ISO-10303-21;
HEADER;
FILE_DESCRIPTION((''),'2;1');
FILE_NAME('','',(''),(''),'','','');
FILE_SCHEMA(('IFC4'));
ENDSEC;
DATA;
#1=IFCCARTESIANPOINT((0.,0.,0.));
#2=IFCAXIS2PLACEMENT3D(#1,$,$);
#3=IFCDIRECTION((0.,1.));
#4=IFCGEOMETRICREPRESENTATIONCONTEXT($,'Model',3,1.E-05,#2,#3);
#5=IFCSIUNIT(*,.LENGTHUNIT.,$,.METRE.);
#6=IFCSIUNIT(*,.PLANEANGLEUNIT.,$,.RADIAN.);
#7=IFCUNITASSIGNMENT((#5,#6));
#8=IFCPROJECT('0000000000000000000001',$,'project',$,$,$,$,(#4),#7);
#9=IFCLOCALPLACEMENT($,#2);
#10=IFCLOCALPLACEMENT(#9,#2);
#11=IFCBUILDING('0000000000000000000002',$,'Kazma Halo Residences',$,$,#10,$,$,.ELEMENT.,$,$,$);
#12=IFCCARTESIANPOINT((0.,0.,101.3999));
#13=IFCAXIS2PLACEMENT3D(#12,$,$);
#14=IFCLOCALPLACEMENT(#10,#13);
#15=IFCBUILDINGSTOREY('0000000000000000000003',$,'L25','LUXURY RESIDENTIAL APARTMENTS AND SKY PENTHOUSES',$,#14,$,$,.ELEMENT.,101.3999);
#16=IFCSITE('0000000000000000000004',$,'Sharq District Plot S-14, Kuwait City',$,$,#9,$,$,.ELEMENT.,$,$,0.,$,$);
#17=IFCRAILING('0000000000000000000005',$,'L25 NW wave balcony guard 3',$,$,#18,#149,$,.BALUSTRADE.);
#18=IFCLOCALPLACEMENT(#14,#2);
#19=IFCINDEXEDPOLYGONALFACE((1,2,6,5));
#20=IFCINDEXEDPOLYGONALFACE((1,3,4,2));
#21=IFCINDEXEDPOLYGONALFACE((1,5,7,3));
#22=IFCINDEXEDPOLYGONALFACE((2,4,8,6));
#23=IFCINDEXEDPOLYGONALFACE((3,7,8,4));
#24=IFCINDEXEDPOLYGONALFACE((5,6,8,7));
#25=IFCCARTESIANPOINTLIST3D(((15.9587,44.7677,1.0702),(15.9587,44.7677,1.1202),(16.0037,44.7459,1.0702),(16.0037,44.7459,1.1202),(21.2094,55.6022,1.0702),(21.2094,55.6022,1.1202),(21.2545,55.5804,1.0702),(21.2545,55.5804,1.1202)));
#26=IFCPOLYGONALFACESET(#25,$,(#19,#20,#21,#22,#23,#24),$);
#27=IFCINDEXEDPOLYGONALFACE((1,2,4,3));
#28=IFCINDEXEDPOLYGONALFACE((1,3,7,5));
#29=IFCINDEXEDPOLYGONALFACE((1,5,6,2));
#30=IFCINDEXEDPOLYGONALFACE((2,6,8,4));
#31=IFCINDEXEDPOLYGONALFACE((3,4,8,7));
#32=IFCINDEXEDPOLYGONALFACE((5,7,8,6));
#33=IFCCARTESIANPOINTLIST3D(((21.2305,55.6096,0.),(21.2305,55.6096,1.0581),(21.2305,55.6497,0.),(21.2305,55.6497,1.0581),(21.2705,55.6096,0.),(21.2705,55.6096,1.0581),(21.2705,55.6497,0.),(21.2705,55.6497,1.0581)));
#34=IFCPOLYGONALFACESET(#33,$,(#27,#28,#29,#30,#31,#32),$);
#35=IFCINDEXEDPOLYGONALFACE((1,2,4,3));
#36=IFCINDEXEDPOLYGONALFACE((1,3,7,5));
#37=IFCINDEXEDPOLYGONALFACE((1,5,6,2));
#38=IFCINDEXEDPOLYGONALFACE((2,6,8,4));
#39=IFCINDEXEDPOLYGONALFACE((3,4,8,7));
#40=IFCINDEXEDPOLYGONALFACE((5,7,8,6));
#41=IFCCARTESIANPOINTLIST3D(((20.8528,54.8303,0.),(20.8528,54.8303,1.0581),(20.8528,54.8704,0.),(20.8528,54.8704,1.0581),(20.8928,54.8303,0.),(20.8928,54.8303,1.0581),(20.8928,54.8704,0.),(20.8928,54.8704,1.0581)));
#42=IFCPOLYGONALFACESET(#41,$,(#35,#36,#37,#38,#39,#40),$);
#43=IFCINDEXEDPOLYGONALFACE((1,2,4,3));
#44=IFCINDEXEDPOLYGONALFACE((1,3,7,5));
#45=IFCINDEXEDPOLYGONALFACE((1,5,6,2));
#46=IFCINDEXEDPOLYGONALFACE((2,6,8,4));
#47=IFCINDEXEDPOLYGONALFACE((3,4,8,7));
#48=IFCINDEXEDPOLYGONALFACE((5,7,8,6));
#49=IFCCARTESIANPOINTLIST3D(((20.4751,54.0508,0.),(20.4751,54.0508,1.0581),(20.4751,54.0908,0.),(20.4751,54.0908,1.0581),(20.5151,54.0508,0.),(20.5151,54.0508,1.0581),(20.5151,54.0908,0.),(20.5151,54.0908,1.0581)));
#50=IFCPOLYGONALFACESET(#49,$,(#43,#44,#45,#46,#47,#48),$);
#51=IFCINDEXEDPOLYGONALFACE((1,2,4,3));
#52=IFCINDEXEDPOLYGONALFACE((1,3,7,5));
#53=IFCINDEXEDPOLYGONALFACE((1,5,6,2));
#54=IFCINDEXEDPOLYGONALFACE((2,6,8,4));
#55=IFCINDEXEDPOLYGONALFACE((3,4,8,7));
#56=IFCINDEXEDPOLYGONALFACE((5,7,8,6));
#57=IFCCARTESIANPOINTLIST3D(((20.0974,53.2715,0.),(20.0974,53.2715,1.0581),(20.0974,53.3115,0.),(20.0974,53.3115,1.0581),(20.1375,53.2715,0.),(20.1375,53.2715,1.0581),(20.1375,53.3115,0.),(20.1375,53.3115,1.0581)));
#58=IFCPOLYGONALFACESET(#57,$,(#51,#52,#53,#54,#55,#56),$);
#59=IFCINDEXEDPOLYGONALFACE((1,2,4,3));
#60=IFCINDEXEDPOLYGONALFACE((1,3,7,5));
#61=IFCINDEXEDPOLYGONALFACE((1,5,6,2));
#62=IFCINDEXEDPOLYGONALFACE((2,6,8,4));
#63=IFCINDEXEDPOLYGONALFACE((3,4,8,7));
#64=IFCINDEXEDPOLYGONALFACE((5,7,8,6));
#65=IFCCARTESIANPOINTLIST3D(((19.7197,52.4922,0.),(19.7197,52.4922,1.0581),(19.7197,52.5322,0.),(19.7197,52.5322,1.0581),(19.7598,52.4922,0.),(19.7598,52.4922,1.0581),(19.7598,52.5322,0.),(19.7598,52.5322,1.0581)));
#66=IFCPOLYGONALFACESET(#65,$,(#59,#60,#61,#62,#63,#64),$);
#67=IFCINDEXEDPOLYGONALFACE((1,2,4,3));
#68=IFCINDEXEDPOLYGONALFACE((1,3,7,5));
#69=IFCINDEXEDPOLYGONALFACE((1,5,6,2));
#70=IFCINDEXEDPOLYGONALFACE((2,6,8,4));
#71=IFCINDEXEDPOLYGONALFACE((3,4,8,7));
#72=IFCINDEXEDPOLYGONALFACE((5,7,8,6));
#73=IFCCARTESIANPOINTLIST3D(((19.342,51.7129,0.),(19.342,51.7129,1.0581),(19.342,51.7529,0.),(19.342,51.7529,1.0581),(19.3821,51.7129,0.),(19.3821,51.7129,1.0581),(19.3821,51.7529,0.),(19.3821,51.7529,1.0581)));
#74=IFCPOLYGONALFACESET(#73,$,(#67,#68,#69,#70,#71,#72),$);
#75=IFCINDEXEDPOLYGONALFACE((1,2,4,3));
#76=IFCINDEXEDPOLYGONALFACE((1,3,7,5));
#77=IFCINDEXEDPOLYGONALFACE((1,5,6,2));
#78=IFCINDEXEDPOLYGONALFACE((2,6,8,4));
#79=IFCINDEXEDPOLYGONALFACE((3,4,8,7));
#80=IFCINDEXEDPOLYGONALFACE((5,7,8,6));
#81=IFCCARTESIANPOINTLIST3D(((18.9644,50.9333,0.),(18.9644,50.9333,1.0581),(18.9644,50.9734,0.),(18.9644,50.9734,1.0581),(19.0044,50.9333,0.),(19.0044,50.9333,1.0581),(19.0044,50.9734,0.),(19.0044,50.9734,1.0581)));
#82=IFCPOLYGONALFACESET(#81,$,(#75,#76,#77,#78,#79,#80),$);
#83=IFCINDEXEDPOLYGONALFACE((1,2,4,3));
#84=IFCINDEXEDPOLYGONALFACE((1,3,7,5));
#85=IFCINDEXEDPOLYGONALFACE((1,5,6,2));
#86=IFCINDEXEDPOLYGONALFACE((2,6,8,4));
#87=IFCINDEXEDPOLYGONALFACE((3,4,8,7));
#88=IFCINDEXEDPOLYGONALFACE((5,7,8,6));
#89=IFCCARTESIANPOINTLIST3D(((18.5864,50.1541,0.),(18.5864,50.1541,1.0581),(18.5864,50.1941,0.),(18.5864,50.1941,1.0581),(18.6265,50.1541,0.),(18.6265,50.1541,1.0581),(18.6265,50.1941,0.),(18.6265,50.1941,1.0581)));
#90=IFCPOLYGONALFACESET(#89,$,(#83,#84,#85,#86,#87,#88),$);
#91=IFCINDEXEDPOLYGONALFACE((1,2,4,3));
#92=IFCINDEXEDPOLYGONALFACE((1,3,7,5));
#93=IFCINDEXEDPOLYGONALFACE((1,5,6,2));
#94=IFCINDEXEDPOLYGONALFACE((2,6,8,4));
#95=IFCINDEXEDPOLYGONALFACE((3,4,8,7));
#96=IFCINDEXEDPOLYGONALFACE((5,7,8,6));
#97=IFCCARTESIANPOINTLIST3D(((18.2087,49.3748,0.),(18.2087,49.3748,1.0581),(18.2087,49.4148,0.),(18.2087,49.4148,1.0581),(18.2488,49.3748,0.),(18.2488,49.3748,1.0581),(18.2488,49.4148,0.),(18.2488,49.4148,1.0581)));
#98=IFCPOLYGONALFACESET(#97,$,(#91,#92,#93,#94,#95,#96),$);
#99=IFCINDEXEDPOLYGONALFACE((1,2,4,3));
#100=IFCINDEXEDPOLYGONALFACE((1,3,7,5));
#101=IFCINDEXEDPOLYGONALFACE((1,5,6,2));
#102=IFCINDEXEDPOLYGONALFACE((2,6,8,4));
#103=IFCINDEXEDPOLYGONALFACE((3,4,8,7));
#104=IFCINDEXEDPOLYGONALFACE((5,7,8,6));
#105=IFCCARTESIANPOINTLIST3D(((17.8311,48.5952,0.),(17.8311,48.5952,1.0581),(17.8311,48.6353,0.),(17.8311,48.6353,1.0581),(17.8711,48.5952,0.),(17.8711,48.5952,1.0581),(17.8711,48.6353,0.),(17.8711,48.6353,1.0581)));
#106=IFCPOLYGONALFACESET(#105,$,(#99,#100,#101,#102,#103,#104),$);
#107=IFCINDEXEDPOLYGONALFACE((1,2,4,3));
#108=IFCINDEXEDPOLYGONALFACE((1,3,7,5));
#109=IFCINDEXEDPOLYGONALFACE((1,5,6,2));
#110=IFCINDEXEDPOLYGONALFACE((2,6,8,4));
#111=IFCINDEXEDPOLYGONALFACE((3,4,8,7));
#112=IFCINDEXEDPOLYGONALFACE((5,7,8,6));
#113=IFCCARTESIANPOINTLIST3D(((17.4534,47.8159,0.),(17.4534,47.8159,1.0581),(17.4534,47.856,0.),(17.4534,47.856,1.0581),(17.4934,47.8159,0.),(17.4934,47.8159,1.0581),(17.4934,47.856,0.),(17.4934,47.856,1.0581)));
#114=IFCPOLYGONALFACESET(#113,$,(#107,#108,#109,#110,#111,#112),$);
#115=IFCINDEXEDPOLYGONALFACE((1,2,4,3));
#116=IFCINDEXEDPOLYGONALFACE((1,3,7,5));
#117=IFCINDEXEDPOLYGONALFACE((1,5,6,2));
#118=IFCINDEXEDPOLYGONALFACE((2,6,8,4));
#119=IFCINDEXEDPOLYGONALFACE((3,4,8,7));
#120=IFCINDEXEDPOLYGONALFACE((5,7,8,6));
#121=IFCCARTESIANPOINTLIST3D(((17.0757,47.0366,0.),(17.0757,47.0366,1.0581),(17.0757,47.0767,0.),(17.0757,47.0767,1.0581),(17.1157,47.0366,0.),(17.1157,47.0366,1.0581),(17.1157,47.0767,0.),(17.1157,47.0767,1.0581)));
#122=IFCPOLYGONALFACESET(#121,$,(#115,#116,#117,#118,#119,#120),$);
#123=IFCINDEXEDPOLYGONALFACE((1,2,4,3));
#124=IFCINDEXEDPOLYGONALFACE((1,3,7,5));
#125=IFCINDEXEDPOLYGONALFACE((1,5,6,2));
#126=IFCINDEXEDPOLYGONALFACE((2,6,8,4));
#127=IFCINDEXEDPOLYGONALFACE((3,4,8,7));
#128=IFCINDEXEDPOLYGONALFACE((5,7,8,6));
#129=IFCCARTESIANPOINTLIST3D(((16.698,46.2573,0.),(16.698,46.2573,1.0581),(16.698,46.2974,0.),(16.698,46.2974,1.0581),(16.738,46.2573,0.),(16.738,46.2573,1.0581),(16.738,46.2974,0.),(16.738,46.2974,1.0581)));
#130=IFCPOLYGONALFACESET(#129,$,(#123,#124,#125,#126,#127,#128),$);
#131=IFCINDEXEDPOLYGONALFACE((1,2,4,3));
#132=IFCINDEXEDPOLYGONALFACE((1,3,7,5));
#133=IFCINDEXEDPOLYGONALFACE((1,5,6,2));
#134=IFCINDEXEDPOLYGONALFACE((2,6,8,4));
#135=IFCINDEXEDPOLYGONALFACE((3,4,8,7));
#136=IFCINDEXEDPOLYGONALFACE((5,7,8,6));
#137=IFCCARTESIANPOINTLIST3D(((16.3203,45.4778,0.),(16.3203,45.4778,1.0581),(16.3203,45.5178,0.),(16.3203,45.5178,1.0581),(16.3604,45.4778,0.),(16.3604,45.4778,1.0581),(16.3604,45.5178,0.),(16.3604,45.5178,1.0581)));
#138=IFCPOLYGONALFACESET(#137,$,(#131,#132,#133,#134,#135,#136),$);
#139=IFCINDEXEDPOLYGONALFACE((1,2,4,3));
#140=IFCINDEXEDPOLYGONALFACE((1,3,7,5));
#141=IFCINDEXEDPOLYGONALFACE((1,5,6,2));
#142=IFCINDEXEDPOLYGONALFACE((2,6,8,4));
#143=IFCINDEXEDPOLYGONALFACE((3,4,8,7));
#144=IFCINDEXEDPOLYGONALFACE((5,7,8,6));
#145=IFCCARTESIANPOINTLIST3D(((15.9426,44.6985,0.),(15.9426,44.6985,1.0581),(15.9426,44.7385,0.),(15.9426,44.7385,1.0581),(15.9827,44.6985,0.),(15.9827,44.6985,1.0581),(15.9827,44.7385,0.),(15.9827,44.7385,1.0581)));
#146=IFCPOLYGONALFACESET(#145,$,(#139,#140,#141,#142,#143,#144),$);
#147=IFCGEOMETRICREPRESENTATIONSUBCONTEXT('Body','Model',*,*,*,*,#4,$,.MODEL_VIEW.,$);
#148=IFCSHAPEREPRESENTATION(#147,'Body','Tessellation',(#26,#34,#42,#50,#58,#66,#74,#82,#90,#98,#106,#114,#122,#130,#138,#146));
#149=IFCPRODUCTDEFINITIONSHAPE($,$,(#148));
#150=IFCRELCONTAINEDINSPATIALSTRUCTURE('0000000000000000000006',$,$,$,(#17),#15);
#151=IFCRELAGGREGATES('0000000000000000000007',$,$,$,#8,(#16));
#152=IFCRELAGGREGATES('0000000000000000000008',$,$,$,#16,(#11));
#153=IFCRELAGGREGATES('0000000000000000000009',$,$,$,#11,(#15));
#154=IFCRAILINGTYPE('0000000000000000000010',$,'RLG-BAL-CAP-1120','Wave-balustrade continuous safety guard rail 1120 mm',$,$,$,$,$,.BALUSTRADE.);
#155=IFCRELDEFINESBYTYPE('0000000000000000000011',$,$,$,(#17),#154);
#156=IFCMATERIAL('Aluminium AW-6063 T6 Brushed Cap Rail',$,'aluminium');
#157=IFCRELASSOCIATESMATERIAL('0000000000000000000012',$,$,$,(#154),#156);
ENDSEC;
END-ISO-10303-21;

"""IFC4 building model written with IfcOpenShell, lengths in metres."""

from ifc_helpers import new_model, si_unit, direction, frame, origin, origin_2d, place, context, subcontext, project, spatial, rectangle, extrude, material, type_object, element, save


model = new_model("IFC4")

# Units and contexts
model_context = context("Model", 3, precision=1e-05, world=origin(), true_north=direction((0.0, 1.0)))
body_context = subcontext(model_context, "Body", "Model", "MODEL_VIEW")
ifc_project = project(units=[si_unit("LENGTHUNIT", "METRE"), si_unit("PLANEANGLEUNIT", "RADIAN")], contexts=[model_context])

# Site, building, storey
site_placement = place(None, origin())
site = spatial("IfcSite", under=ifc_project, at=site_placement, Name="Sharq District Plot S-14, Kuwait City", CompositionType="ELEMENT", RefElevation=0.0)
building_placement = place(site_placement, origin())
building = spatial("IfcBuilding", under=site, at=building_placement, Name="Kazma Halo Residences", CompositionType="ELEMENT")
storey_placement = place(building_placement, frame((0.0, 0.0, 101.3999)))
storey = spatial("IfcBuildingStorey", under=building, at=storey_placement, Name="L25", Description="LUXURY RESIDENTIAL APARTMENTS AND SKY PENTHOUSES", CompositionType="ELEMENT", Elevation=101.3999)

# Railing
ifc_material_1 = material(Name="Aluminium AW-6063 T6 Brushed Cap Rail", Category="aluminium")
railing_type = type_object("IfcRailingType", Name="RLG-BAL-CAP-1120", Description="Wave-balustrade continuous safety guard rail 1120 mm", PredefinedType="BALUSTRADE", material=ifc_material_1)
railing_1_placement = place(storey_placement, frame((21.2505, 55.6296, 0.0)))
element("IfcRailing", 1, at=railing_1_placement, inside=storey, type_object=railing_type, Name="L25 NW wave balcony guard 3", PredefinedType="BALUSTRADE", context=body_context, shape_type="SweptSolid", body=[
    extrude(rectangle(XDim=0.05, YDim=0.05, at=origin_2d()), frame((-0.0186, -0.0383, 1.0952), z_axis=(-0.436113, -0.899892, 0.0), x_axis=(0.899892, -0.436113, 0.0)), (0.0, 0.0, 1.0), 12.0398),
    extrude(rectangle(XDim=0.04, YDim=0.04, at=origin_2d()), origin(), (0.0, 0.0, 1.0), 1.0581),
    extrude(rectangle(XDim=0.04, YDim=0.04, at=origin_2d()), frame((-0.3777, -0.7793, 0.0)), (0.0, 0.0, 1.0), 1.0581),
    extrude(rectangle(XDim=0.04, YDim=0.04, at=origin_2d()), frame((-0.7554, -1.5588, 0.0)), (0.0, 0.0, 1.0), 1.0581),
    extrude(rectangle(XDim=0.04, YDim=0.04, at=origin_2d()), frame((-1.1331, -2.3381, 0.0)), (0.0, 0.0, 1.0), 1.0581),
    extrude(rectangle(XDim=0.04, YDim=0.04, at=origin_2d()), frame((-1.5107, -3.1174, 0.0)), (0.0, 0.0, 1.0), 1.0581),
    extrude(rectangle(XDim=0.04, YDim=0.04, at=origin_2d()), frame((-1.8884, -3.8967, 0.0)), (0.0, 0.0, 1.0), 1.0581),
    extrude(rectangle(XDim=0.04, YDim=0.04, at=origin_2d()), frame((-2.2661, -4.6763, 0.0)), (0.0, 0.0, 1.0), 1.0581),
    extrude(rectangle(XDim=0.04, YDim=0.04, at=origin_2d()), frame((-2.644, -5.4556, 0.0)), (0.0, 0.0, 1.0), 1.0581),
    extrude(rectangle(XDim=0.04, YDim=0.04, at=origin_2d()), frame((-3.0217, -6.2349, 0.0)), (0.0, 0.0, 1.0), 1.0581),
    extrude(rectangle(XDim=0.04, YDim=0.04, at=origin_2d()), frame((-3.3994, -7.0144, 0.0)), (0.0, 0.0, 1.0), 1.0581),
    extrude(rectangle(XDim=0.04, YDim=0.04, at=origin_2d()), frame((-3.7771, -7.7937, 0.0)), (0.0, 0.0, 1.0), 1.0581),
    extrude(rectangle(XDim=0.04, YDim=0.04, at=origin_2d()), frame((-4.1548, -8.573, 0.0)), (0.0, 0.0, 1.0), 1.0581),
    extrude(rectangle(XDim=0.04, YDim=0.04, at=origin_2d()), frame((-4.5325, -9.3523, 0.0)), (0.0, 0.0, 1.0), 1.0581),
    extrude(rectangle(XDim=0.04, YDim=0.04, at=origin_2d()), frame((-4.9102, -10.1318, 0.0)), (0.0, 0.0, 1.0), 1.0581),
    extrude(rectangle(XDim=0.04, YDim=0.04, at=origin_2d()), frame((-5.2878, -10.9111, 0.0)), (0.0, 0.0, 1.0), 1.0581),
])

save(model, "model.ifc")
